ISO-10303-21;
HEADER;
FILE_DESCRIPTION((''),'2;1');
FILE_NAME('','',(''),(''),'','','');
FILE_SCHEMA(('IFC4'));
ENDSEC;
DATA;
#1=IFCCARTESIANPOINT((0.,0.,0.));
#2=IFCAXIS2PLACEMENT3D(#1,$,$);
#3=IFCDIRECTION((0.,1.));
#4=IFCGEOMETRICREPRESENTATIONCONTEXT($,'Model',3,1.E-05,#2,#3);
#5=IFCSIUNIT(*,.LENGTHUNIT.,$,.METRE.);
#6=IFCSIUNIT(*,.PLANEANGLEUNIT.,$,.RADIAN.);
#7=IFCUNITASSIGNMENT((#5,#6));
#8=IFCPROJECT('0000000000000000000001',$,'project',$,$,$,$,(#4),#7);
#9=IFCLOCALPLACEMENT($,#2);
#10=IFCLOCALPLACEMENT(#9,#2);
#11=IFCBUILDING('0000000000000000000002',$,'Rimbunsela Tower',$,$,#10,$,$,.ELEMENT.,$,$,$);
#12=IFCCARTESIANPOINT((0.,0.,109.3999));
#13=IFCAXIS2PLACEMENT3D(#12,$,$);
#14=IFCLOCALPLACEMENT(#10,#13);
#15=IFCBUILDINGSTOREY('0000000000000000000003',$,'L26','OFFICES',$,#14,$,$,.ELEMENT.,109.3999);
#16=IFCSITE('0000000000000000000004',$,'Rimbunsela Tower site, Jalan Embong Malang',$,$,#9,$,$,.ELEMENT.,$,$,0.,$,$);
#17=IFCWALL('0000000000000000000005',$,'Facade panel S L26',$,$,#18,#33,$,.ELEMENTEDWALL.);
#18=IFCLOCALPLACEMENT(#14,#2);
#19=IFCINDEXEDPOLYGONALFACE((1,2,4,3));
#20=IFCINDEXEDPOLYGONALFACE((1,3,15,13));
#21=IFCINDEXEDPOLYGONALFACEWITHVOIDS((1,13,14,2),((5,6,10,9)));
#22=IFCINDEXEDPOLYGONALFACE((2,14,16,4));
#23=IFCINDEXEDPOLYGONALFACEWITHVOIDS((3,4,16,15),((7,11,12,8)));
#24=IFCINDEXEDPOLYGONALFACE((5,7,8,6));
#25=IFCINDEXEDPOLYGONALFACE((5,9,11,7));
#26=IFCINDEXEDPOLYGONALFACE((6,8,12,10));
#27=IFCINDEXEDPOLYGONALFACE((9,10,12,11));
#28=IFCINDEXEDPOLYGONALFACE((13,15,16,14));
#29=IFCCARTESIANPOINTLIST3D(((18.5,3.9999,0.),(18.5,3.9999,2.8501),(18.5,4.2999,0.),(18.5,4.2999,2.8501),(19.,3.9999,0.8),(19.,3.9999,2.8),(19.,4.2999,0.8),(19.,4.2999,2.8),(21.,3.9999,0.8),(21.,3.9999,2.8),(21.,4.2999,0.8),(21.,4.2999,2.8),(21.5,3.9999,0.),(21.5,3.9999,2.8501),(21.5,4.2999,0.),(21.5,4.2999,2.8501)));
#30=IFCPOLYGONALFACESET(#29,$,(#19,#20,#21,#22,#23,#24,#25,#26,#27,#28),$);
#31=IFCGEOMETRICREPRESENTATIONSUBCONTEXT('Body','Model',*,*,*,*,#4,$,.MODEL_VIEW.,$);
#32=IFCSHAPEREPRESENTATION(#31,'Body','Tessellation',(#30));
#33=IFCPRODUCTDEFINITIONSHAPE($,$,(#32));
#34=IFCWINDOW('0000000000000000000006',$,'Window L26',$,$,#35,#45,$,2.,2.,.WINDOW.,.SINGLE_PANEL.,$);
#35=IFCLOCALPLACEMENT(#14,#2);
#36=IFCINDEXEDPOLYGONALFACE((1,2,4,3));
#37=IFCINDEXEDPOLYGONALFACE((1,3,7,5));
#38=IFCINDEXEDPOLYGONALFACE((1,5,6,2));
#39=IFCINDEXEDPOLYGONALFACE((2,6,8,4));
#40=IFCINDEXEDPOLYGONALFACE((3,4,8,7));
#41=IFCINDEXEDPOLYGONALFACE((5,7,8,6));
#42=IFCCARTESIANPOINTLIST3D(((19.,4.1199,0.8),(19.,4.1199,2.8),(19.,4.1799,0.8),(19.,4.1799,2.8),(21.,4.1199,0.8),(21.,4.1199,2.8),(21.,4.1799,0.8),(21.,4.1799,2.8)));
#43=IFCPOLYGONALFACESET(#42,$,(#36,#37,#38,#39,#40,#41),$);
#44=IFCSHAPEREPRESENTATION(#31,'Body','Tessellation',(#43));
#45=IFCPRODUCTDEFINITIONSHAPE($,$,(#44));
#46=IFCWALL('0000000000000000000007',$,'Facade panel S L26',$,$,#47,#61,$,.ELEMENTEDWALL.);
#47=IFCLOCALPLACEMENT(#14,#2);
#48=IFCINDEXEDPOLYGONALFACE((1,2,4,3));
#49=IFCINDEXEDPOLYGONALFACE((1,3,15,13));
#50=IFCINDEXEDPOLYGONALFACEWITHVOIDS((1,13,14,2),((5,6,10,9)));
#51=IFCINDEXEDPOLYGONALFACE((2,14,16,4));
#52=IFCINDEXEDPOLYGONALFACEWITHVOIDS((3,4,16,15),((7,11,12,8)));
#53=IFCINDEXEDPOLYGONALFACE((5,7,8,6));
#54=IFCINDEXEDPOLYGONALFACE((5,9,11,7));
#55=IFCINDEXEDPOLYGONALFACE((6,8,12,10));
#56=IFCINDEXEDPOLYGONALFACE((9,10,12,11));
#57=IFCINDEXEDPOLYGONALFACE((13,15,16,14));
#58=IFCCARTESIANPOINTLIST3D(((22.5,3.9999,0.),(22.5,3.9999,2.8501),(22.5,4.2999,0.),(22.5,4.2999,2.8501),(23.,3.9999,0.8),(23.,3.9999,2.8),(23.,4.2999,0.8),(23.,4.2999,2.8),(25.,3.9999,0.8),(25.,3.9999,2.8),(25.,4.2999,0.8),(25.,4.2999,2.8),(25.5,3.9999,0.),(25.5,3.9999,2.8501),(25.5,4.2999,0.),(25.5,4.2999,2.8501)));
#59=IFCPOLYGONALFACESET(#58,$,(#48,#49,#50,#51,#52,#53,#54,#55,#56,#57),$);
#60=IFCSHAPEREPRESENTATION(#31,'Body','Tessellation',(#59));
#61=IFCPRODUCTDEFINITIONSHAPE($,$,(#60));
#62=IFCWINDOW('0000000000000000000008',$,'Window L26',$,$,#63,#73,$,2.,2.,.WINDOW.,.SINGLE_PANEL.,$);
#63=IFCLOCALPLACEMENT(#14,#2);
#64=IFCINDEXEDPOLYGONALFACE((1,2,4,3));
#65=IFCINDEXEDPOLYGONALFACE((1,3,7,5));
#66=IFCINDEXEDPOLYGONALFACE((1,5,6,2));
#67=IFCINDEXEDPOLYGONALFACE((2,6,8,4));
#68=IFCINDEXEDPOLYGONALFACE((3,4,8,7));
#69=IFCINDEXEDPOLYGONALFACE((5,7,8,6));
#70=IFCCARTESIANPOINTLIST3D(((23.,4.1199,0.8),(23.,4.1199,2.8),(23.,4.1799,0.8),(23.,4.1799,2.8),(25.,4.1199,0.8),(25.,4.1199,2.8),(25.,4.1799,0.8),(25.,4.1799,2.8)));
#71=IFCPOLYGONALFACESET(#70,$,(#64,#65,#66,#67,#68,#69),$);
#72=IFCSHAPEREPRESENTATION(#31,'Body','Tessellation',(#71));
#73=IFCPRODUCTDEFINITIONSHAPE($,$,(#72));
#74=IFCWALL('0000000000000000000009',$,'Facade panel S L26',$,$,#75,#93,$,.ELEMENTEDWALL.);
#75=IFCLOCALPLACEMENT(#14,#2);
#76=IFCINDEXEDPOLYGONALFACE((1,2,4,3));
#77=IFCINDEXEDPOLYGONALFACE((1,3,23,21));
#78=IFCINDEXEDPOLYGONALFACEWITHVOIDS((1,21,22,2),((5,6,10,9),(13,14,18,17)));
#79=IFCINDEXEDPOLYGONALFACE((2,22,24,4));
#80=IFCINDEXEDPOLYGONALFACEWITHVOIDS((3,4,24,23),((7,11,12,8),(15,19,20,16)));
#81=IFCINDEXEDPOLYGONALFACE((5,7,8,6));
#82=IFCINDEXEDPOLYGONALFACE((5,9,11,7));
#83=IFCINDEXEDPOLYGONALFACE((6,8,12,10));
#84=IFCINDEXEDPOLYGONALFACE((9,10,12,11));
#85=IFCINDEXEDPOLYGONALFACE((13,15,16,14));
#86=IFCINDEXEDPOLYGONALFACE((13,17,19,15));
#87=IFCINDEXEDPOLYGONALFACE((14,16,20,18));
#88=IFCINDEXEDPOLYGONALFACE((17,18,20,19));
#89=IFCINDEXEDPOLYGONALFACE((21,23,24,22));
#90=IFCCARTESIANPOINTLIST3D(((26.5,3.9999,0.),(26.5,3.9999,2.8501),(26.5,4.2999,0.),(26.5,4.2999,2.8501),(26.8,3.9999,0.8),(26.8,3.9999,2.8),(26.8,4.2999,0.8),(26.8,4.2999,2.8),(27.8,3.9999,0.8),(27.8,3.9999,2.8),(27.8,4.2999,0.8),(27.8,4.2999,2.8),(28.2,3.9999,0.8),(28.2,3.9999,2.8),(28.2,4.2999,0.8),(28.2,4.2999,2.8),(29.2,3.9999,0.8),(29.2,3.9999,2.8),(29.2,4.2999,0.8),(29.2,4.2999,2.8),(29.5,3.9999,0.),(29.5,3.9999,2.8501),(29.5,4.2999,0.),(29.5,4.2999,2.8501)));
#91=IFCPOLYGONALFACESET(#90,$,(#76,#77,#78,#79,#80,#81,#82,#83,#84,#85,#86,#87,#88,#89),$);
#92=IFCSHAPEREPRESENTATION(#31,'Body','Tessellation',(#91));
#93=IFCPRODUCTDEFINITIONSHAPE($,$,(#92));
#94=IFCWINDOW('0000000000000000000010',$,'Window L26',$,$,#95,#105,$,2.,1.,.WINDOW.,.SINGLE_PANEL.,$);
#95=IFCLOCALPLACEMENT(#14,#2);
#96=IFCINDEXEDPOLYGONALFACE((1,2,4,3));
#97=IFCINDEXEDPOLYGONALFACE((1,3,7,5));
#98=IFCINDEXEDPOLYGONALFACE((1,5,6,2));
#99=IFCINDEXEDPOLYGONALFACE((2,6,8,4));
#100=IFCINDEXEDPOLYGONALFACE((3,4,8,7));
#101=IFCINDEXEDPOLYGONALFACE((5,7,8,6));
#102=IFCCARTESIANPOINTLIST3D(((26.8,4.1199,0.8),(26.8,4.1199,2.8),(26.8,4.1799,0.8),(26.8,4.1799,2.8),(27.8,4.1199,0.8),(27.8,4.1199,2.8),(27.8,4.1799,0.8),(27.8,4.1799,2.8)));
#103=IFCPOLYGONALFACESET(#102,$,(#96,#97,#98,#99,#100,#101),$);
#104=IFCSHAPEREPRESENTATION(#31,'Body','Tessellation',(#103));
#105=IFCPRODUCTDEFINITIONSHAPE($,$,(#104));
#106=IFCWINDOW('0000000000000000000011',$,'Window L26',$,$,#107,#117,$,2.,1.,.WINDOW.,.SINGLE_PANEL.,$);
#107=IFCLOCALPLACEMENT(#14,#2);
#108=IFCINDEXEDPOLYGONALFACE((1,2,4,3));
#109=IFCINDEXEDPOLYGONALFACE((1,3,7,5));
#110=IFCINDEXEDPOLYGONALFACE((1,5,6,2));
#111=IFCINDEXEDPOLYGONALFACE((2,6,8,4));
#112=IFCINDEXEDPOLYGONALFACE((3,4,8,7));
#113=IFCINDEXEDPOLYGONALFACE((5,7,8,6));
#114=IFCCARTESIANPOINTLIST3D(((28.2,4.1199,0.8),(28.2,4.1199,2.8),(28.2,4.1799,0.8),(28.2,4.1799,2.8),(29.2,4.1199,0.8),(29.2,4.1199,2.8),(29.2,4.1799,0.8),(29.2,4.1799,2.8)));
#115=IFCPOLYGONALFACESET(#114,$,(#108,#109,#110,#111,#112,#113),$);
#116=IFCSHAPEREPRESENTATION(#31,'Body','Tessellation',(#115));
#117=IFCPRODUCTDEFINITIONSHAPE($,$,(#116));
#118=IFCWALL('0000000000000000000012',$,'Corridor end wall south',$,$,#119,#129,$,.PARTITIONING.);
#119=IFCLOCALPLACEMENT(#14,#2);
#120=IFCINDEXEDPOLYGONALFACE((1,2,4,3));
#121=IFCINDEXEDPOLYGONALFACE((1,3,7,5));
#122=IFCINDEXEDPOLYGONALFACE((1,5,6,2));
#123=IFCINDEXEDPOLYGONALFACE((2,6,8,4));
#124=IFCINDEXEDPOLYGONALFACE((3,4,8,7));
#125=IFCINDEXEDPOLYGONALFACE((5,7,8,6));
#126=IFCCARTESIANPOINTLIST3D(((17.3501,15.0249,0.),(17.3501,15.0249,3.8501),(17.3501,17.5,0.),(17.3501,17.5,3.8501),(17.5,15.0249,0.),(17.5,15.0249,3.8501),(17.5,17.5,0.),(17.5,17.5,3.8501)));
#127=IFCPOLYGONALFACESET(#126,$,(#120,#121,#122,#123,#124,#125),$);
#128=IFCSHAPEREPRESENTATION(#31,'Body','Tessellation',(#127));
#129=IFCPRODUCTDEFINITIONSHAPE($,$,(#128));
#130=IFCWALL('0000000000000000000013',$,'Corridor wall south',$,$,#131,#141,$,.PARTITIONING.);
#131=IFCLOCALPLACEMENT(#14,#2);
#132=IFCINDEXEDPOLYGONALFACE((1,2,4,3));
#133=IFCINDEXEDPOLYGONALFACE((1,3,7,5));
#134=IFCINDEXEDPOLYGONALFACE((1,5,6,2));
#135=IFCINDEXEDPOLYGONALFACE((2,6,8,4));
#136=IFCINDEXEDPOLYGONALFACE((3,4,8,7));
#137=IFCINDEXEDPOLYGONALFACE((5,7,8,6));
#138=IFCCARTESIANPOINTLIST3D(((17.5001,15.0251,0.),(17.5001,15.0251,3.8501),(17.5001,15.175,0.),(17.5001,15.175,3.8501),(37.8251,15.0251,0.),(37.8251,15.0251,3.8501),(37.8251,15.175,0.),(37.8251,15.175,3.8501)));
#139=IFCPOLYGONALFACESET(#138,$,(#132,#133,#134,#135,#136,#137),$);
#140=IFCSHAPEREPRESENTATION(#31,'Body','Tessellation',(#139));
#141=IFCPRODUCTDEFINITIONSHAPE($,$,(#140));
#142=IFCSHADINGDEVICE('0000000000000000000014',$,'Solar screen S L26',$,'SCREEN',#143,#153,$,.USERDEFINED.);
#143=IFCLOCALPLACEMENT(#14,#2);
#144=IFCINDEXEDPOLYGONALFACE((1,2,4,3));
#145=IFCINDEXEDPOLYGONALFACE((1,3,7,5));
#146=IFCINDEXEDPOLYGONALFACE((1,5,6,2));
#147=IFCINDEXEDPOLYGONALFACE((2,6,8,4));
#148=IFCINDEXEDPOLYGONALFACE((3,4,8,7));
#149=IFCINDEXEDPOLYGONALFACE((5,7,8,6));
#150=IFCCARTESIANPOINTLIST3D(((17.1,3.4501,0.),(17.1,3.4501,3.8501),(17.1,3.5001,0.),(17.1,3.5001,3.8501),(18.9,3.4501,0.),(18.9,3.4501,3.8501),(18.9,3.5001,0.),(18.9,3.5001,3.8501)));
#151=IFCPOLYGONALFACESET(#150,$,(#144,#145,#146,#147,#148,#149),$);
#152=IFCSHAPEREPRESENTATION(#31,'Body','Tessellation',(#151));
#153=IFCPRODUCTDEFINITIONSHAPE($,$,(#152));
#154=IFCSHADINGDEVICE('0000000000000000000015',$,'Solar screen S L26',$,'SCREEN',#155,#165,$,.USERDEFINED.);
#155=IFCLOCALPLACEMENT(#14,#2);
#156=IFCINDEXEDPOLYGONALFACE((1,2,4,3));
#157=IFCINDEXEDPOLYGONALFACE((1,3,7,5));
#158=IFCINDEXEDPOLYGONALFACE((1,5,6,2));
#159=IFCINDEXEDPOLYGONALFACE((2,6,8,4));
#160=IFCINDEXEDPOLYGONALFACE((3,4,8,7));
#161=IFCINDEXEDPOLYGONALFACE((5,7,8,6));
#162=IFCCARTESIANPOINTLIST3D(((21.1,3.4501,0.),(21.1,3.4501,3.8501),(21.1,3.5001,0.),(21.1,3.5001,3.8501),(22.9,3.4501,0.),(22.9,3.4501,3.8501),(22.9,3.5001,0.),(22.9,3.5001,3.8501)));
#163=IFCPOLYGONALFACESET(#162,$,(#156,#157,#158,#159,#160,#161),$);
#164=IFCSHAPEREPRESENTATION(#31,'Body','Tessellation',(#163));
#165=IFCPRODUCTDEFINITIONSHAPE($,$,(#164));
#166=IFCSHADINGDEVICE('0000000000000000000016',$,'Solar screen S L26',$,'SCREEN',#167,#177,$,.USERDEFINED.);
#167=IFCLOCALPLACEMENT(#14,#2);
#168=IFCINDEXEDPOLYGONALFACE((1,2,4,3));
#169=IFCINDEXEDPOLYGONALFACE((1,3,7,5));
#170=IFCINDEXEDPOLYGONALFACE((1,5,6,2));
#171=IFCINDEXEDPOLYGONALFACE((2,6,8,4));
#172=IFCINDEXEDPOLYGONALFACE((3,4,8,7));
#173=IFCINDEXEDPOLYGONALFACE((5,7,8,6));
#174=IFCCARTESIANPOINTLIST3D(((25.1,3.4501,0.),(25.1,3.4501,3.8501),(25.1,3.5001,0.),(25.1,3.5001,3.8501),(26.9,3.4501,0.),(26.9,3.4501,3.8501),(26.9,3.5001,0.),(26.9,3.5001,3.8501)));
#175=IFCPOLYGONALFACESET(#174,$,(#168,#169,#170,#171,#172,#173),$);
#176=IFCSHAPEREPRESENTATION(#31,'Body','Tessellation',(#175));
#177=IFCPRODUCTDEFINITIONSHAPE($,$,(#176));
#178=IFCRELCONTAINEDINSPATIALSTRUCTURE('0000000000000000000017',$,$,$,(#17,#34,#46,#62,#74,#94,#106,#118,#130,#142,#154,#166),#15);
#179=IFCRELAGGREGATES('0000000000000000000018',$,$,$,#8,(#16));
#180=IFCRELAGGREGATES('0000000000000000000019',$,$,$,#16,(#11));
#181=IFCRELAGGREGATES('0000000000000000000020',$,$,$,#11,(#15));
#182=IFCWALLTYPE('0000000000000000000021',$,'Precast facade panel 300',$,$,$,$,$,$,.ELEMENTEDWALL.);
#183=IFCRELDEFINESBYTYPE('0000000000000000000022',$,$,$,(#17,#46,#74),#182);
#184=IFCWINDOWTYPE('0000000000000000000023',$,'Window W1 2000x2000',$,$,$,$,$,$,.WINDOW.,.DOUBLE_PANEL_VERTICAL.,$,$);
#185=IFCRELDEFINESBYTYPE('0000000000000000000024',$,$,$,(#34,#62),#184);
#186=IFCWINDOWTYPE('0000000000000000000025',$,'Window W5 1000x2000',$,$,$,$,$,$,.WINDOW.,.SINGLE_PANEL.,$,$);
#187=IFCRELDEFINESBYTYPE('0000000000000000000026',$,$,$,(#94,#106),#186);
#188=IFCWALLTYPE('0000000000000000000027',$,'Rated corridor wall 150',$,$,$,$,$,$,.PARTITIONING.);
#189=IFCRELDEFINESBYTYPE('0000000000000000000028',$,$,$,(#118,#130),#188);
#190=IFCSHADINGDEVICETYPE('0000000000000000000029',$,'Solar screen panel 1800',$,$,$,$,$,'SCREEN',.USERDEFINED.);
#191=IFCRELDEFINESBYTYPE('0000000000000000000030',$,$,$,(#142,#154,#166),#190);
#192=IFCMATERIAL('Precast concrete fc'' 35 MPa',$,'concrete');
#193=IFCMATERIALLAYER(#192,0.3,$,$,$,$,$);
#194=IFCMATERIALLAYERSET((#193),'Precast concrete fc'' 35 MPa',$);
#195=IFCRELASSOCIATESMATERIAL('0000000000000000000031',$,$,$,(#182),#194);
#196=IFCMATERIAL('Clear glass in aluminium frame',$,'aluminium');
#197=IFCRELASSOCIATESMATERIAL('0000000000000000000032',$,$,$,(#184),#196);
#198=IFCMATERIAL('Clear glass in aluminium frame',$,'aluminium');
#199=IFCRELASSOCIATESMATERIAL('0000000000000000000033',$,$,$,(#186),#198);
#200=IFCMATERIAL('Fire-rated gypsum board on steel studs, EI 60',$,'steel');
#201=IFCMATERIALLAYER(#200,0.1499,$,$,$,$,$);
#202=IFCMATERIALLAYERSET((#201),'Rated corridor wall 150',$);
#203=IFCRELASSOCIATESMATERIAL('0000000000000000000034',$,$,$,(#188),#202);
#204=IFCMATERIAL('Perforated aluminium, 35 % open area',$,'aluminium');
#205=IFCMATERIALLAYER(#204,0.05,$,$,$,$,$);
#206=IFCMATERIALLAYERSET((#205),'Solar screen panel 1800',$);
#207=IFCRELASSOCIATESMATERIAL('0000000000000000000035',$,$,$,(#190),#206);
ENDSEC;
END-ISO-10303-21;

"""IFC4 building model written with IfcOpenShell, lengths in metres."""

from ifc_helpers import new_model, si_unit, direction, frame, frame_2d, origin, origin_2d, place, context, subcontext, project, spatial, rectangle, extrude, material, layer, layer_set, type_object, element, fill, save


model = new_model("IFC4")

# Units and contexts
model_context = context("Model", 3, precision=1e-05, world=origin(), true_north=direction((0.0, 1.0)))
body_context = subcontext(model_context, "Body", "Model", "MODEL_VIEW")
ifc_project = project(units=[si_unit("LENGTHUNIT", "METRE"), si_unit("PLANEANGLEUNIT", "RADIAN")], contexts=[model_context])

# Site, building, storey
site_placement = place(None, origin())
site = spatial("IfcSite", under=ifc_project, at=site_placement, Name="Rimbunsela Tower site, Jalan Embong Malang", CompositionType="ELEMENT", RefElevation=0.0)
building_placement = place(site_placement, origin())
building = spatial("IfcBuilding", under=site, at=building_placement, Name="Rimbunsela Tower", CompositionType="ELEMENT")
storey_placement = place(building_placement, frame((0.0, 0.0, 109.3999)))
storey = spatial("IfcBuildingStorey", under=building, at=storey_placement, Name="L26", Description="OFFICES", CompositionType="ELEMENT", Elevation=109.3999)

# Walls, openings, windows
ifc_material_1 = material(Name="Precast concrete fc' 35 MPa", Category="concrete")
ifc_layer_1 = layer(ifc_material_1, 0.3)
ifc_layer_set_1 = layer_set([ifc_layer_1], Name="Precast concrete fc' 35 MPa")
wall_type_1 = type_object("IfcWallType", Name="Precast facade panel 300", PredefinedType="ELEMENTEDWALL", material=ifc_layer_set_1)
ifc_material_2 = material(Name="Clear glass in aluminium frame", Category="aluminium")
window_type_1 = type_object("IfcWindowType", Name="Window W1 2000x2000", PartitioningType="DOUBLE_PANEL_VERTICAL", PredefinedType="WINDOW", material=ifc_material_2)
wall_1_placement = place(storey_placement, frame((18.5, 4.1499, 0.0), z_axis=(0.0, 0.0, 1.0), x_axis=(1.0, 0.0, 0.0)))
wall_1 = element("IfcWall", 1, at=wall_1_placement, inside=storey, type_object=wall_type_1, Name="Facade panel S L26", PredefinedType="ELEMENTEDWALL", context=body_context, shape_type="SweptSolid", body=[
    extrude(rectangle(XDim=3.0, YDim=0.3, at=frame_2d((1.5, 0.0))), origin(), (0.0, 0.0, 1.0), 2.8501),
])
opening_1_placement = place(wall_1_placement, frame((0.5, 0.0, 0.8)))
opening_1 = element("IfcOpeningElement", 2, at=opening_1_placement, cuts=wall_1, PredefinedType="OPENING", context=body_context, shape_type="SweptSolid", body=[
    extrude(rectangle(XDim=2.0, YDim=2.0, at=frame_2d((1.0, 1.0))), frame((0.0, 0.1599, 0.0), z_axis=(0.0, -1.0, 0.0), x_axis=(1.0, 0.0, 0.0)), (0.0, 0.0, 1.0), 0.3201),
])
window_1_placement = place(opening_1_placement, origin())
window_1 = element("IfcWindow", 3, at=window_1_placement, inside=storey, type_object=window_type_1, Name="Window L26", OverallHeight=2.0, OverallWidth=2.0, PartitioningType="SINGLE_PANEL", PredefinedType="WINDOW", context=body_context, shape_type="SweptSolid", body=[
    extrude(rectangle(XDim=2.0, YDim=2.0, at=frame_2d((1.0, 1.0))), frame((0.0, 0.03, 0.0), z_axis=(0.0, -1.0, 0.0), x_axis=(1.0, 0.0, 0.0)), (0.0, 0.0, 1.0), 0.0601),
])
fill(opening_1, window_1)
wall_2_placement = place(storey_placement, frame((22.5, 4.1499, 0.0), z_axis=(0.0, 0.0, 1.0), x_axis=(1.0, 0.0, 0.0)))
wall_2 = element("IfcWall", 4, at=wall_2_placement, inside=storey, type_object=wall_type_1, Name="Facade panel S L26", PredefinedType="ELEMENTEDWALL", context=body_context, shape_type="SweptSolid", body=[
    extrude(rectangle(XDim=3.0, YDim=0.3, at=frame_2d((1.5, 0.0))), origin(), (0.0, 0.0, 1.0), 2.8501),
])
opening_2_placement = place(wall_2_placement, frame((0.5, 0.0, 0.8)))
opening_2 = element("IfcOpeningElement", 5, at=opening_2_placement, cuts=wall_2, PredefinedType="OPENING", context=body_context, shape_type="SweptSolid", body=[
    extrude(rectangle(XDim=2.0, YDim=2.0, at=frame_2d((1.0, 1.0))), frame((0.0, 0.1599, 0.0), z_axis=(0.0, -1.0, 0.0), x_axis=(1.0, 0.0, 0.0)), (0.0, 0.0, 1.0), 0.3201),
])
window_2_placement = place(opening_2_placement, origin())
window_2 = element("IfcWindow", 6, at=window_2_placement, inside=storey, type_object=window_type_1, Name="Window L26", OverallHeight=2.0, OverallWidth=2.0, PartitioningType="SINGLE_PANEL", PredefinedType="WINDOW", context=body_context, shape_type="SweptSolid", body=[
    extrude(rectangle(XDim=2.0, YDim=2.0, at=frame_2d((1.0, 1.0))), frame((0.0, 0.03, 0.0), z_axis=(0.0, -1.0, 0.0), x_axis=(1.0, 0.0, 0.0)), (0.0, 0.0, 1.0), 0.0601),
])
fill(opening_2, window_2)

# Wall, openings, windows
wall_3_placement = place(storey_placement, frame((26.5, 4.1499, 0.0), z_axis=(0.0, 0.0, 1.0), x_axis=(1.0, 0.0, 0.0)))
wall_3 = element("IfcWall", 7, at=wall_3_placement, inside=storey, type_object=wall_type_1, Name="Facade panel S L26", PredefinedType="ELEMENTEDWALL", context=body_context, shape_type="SweptSolid", body=[
    extrude(rectangle(XDim=3.0, YDim=0.3, at=frame_2d((1.5, 0.0))), origin(), (0.0, 0.0, 1.0), 2.8501),
])
opening_3_placement = place(wall_3_placement, frame((0.3, 0.0, 0.8)))
opening_3 = element("IfcOpeningElement", 8, at=opening_3_placement, cuts=wall_3, PredefinedType="OPENING", context=body_context, shape_type="SweptSolid", body=[
    extrude(rectangle(XDim=1.0, YDim=2.0, at=frame_2d((0.5, 1.0))), frame((0.0, 0.1599, 0.0), z_axis=(0.0, -1.0, 0.0), x_axis=(1.0, 0.0, 0.0)), (0.0, 0.0, 1.0), 0.3201),
])
opening_4_placement = place(wall_3_placement, frame((1.7, 0.0, 0.8)))
opening_4 = element("IfcOpeningElement", 9, at=opening_4_placement, cuts=wall_3, PredefinedType="OPENING", context=body_context, shape_type="SweptSolid", body=[
    extrude(rectangle(XDim=1.0, YDim=2.0, at=frame_2d((0.5, 1.0))), frame((0.0, 0.1599, 0.0), z_axis=(0.0, -1.0, 0.0), x_axis=(1.0, 0.0, 0.0)), (0.0, 0.0, 1.0), 0.3201),
])
ifc_material_3 = material(Name="Clear glass in aluminium frame", Category="aluminium")
window_type_2 = type_object("IfcWindowType", Name="Window W5 1000x2000", PartitioningType="SINGLE_PANEL", PredefinedType="WINDOW", material=ifc_material_3)
window_3_placement = place(opening_3_placement, origin())
window_3 = element("IfcWindow", 10, at=window_3_placement, inside=storey, type_object=window_type_2, Name="Window L26", OverallHeight=2.0, OverallWidth=1.0, PartitioningType="SINGLE_PANEL", PredefinedType="WINDOW", context=body_context, shape_type="SweptSolid", body=[
    extrude(rectangle(XDim=1.0, YDim=2.0, at=frame_2d((0.5, 1.0))), frame((0.0, 0.03, 0.0), z_axis=(0.0, -1.0, 0.0), x_axis=(1.0, 0.0, 0.0)), (0.0, 0.0, 1.0), 0.0601),
])
fill(opening_3, window_3)
window_4_placement = place(opening_4_placement, origin())
window_4 = element("IfcWindow", 11, at=window_4_placement, inside=storey, type_object=window_type_2, Name="Window L26", OverallHeight=2.0, OverallWidth=1.0, PartitioningType="SINGLE_PANEL", PredefinedType="WINDOW", context=body_context, shape_type="SweptSolid", body=[
    extrude(rectangle(XDim=1.0, YDim=2.0, at=frame_2d((0.5, 1.0))), frame((0.0, 0.03, 0.0), z_axis=(0.0, -1.0, 0.0), x_axis=(1.0, 0.0, 0.0)), (0.0, 0.0, 1.0), 0.0601),
])
fill(opening_4, window_4)

# Walls
ifc_material_4 = material(Name="Fire-rated gypsum board on steel studs, EI 60", Category="steel")
ifc_layer_2 = layer(ifc_material_4, 0.1499)
ifc_layer_set_2 = layer_set([ifc_layer_2], Name="Rated corridor wall 150")
wall_type_2 = type_object("IfcWallType", Name="Rated corridor wall 150", PredefinedType="PARTITIONING", material=ifc_layer_set_2)
wall_4_placement = place(storey_placement, frame((17.425, 15.0249, 0.0), z_axis=(0.0, 0.0, 1.0), x_axis=(0.0, 1.0, 0.0)))
element("IfcWall", 12, at=wall_4_placement, inside=storey, type_object=wall_type_2, Name="Corridor end wall south", PredefinedType="PARTITIONING", context=body_context, shape_type="SweptSolid", body=[
    extrude(rectangle(XDim=2.4751, YDim=0.1499, at=frame_2d((1.2375, 0.0))), origin(), (0.0, 0.0, 1.0), 3.8501),
])
wall_5_placement = place(storey_placement, frame((17.5, 15.1001, 0.0), z_axis=(0.0, 0.0, 1.0), x_axis=(1.0, 0.0, 0.0)))
element("IfcWall", 13, at=wall_5_placement, inside=storey, type_object=wall_type_2, Name="Corridor wall south", PredefinedType="PARTITIONING", context=body_context, shape_type="SweptSolid", body=[
    extrude(rectangle(XDim=20.325, YDim=0.1499, at=frame_2d((10.1626, 0.0))), origin(), (0.0, 0.0, 1.0), 3.8501),
])

# Shading devices
ifc_material_5 = material(Name="Perforated aluminium, 35 % open area", Category="aluminium")
ifc_layer_3 = layer(ifc_material_5, 0.05)
ifc_layer_set_3 = layer_set([ifc_layer_3], Name="Solar screen panel 1800")
shading_device_type = type_object("IfcShadingDeviceType", Name="Solar screen panel 1800", ElementType="SCREEN", PredefinedType="USERDEFINED", material=ifc_layer_set_3)
for number, where, z_axis, x_axis, name in (
    (14, (18.0, 3.4751, 0.0), (0.0, 0.0, 1.0), (1.0, 0.0, 0.0), "Solar screen S L26"),
    (15, (22.0, 3.4751, 0.0), (0.0, 0.0, 1.0), (1.0, 0.0, 0.0), "Solar screen S L26"),
    (16, (26.0, 3.4751, 0.0), (0.0, 0.0, 1.0), (1.0, 0.0, 0.0), "Solar screen S L26"),
):
    element("IfcShadingDevice", number, at=place(storey_placement, frame(where, z_axis=z_axis, x_axis=x_axis)), inside=storey, type_object=shading_device_type, Name=name, ObjectType="SCREEN", PredefinedType="USERDEFINED", context=body_context, shape_type="SweptSolid", body=[
        extrude(rectangle(XDim=1.8, YDim=0.05, at=origin_2d()), origin(), (0.0, 0.0, 1.0), 3.8501),
    ])

save(model, "model.ifc")
